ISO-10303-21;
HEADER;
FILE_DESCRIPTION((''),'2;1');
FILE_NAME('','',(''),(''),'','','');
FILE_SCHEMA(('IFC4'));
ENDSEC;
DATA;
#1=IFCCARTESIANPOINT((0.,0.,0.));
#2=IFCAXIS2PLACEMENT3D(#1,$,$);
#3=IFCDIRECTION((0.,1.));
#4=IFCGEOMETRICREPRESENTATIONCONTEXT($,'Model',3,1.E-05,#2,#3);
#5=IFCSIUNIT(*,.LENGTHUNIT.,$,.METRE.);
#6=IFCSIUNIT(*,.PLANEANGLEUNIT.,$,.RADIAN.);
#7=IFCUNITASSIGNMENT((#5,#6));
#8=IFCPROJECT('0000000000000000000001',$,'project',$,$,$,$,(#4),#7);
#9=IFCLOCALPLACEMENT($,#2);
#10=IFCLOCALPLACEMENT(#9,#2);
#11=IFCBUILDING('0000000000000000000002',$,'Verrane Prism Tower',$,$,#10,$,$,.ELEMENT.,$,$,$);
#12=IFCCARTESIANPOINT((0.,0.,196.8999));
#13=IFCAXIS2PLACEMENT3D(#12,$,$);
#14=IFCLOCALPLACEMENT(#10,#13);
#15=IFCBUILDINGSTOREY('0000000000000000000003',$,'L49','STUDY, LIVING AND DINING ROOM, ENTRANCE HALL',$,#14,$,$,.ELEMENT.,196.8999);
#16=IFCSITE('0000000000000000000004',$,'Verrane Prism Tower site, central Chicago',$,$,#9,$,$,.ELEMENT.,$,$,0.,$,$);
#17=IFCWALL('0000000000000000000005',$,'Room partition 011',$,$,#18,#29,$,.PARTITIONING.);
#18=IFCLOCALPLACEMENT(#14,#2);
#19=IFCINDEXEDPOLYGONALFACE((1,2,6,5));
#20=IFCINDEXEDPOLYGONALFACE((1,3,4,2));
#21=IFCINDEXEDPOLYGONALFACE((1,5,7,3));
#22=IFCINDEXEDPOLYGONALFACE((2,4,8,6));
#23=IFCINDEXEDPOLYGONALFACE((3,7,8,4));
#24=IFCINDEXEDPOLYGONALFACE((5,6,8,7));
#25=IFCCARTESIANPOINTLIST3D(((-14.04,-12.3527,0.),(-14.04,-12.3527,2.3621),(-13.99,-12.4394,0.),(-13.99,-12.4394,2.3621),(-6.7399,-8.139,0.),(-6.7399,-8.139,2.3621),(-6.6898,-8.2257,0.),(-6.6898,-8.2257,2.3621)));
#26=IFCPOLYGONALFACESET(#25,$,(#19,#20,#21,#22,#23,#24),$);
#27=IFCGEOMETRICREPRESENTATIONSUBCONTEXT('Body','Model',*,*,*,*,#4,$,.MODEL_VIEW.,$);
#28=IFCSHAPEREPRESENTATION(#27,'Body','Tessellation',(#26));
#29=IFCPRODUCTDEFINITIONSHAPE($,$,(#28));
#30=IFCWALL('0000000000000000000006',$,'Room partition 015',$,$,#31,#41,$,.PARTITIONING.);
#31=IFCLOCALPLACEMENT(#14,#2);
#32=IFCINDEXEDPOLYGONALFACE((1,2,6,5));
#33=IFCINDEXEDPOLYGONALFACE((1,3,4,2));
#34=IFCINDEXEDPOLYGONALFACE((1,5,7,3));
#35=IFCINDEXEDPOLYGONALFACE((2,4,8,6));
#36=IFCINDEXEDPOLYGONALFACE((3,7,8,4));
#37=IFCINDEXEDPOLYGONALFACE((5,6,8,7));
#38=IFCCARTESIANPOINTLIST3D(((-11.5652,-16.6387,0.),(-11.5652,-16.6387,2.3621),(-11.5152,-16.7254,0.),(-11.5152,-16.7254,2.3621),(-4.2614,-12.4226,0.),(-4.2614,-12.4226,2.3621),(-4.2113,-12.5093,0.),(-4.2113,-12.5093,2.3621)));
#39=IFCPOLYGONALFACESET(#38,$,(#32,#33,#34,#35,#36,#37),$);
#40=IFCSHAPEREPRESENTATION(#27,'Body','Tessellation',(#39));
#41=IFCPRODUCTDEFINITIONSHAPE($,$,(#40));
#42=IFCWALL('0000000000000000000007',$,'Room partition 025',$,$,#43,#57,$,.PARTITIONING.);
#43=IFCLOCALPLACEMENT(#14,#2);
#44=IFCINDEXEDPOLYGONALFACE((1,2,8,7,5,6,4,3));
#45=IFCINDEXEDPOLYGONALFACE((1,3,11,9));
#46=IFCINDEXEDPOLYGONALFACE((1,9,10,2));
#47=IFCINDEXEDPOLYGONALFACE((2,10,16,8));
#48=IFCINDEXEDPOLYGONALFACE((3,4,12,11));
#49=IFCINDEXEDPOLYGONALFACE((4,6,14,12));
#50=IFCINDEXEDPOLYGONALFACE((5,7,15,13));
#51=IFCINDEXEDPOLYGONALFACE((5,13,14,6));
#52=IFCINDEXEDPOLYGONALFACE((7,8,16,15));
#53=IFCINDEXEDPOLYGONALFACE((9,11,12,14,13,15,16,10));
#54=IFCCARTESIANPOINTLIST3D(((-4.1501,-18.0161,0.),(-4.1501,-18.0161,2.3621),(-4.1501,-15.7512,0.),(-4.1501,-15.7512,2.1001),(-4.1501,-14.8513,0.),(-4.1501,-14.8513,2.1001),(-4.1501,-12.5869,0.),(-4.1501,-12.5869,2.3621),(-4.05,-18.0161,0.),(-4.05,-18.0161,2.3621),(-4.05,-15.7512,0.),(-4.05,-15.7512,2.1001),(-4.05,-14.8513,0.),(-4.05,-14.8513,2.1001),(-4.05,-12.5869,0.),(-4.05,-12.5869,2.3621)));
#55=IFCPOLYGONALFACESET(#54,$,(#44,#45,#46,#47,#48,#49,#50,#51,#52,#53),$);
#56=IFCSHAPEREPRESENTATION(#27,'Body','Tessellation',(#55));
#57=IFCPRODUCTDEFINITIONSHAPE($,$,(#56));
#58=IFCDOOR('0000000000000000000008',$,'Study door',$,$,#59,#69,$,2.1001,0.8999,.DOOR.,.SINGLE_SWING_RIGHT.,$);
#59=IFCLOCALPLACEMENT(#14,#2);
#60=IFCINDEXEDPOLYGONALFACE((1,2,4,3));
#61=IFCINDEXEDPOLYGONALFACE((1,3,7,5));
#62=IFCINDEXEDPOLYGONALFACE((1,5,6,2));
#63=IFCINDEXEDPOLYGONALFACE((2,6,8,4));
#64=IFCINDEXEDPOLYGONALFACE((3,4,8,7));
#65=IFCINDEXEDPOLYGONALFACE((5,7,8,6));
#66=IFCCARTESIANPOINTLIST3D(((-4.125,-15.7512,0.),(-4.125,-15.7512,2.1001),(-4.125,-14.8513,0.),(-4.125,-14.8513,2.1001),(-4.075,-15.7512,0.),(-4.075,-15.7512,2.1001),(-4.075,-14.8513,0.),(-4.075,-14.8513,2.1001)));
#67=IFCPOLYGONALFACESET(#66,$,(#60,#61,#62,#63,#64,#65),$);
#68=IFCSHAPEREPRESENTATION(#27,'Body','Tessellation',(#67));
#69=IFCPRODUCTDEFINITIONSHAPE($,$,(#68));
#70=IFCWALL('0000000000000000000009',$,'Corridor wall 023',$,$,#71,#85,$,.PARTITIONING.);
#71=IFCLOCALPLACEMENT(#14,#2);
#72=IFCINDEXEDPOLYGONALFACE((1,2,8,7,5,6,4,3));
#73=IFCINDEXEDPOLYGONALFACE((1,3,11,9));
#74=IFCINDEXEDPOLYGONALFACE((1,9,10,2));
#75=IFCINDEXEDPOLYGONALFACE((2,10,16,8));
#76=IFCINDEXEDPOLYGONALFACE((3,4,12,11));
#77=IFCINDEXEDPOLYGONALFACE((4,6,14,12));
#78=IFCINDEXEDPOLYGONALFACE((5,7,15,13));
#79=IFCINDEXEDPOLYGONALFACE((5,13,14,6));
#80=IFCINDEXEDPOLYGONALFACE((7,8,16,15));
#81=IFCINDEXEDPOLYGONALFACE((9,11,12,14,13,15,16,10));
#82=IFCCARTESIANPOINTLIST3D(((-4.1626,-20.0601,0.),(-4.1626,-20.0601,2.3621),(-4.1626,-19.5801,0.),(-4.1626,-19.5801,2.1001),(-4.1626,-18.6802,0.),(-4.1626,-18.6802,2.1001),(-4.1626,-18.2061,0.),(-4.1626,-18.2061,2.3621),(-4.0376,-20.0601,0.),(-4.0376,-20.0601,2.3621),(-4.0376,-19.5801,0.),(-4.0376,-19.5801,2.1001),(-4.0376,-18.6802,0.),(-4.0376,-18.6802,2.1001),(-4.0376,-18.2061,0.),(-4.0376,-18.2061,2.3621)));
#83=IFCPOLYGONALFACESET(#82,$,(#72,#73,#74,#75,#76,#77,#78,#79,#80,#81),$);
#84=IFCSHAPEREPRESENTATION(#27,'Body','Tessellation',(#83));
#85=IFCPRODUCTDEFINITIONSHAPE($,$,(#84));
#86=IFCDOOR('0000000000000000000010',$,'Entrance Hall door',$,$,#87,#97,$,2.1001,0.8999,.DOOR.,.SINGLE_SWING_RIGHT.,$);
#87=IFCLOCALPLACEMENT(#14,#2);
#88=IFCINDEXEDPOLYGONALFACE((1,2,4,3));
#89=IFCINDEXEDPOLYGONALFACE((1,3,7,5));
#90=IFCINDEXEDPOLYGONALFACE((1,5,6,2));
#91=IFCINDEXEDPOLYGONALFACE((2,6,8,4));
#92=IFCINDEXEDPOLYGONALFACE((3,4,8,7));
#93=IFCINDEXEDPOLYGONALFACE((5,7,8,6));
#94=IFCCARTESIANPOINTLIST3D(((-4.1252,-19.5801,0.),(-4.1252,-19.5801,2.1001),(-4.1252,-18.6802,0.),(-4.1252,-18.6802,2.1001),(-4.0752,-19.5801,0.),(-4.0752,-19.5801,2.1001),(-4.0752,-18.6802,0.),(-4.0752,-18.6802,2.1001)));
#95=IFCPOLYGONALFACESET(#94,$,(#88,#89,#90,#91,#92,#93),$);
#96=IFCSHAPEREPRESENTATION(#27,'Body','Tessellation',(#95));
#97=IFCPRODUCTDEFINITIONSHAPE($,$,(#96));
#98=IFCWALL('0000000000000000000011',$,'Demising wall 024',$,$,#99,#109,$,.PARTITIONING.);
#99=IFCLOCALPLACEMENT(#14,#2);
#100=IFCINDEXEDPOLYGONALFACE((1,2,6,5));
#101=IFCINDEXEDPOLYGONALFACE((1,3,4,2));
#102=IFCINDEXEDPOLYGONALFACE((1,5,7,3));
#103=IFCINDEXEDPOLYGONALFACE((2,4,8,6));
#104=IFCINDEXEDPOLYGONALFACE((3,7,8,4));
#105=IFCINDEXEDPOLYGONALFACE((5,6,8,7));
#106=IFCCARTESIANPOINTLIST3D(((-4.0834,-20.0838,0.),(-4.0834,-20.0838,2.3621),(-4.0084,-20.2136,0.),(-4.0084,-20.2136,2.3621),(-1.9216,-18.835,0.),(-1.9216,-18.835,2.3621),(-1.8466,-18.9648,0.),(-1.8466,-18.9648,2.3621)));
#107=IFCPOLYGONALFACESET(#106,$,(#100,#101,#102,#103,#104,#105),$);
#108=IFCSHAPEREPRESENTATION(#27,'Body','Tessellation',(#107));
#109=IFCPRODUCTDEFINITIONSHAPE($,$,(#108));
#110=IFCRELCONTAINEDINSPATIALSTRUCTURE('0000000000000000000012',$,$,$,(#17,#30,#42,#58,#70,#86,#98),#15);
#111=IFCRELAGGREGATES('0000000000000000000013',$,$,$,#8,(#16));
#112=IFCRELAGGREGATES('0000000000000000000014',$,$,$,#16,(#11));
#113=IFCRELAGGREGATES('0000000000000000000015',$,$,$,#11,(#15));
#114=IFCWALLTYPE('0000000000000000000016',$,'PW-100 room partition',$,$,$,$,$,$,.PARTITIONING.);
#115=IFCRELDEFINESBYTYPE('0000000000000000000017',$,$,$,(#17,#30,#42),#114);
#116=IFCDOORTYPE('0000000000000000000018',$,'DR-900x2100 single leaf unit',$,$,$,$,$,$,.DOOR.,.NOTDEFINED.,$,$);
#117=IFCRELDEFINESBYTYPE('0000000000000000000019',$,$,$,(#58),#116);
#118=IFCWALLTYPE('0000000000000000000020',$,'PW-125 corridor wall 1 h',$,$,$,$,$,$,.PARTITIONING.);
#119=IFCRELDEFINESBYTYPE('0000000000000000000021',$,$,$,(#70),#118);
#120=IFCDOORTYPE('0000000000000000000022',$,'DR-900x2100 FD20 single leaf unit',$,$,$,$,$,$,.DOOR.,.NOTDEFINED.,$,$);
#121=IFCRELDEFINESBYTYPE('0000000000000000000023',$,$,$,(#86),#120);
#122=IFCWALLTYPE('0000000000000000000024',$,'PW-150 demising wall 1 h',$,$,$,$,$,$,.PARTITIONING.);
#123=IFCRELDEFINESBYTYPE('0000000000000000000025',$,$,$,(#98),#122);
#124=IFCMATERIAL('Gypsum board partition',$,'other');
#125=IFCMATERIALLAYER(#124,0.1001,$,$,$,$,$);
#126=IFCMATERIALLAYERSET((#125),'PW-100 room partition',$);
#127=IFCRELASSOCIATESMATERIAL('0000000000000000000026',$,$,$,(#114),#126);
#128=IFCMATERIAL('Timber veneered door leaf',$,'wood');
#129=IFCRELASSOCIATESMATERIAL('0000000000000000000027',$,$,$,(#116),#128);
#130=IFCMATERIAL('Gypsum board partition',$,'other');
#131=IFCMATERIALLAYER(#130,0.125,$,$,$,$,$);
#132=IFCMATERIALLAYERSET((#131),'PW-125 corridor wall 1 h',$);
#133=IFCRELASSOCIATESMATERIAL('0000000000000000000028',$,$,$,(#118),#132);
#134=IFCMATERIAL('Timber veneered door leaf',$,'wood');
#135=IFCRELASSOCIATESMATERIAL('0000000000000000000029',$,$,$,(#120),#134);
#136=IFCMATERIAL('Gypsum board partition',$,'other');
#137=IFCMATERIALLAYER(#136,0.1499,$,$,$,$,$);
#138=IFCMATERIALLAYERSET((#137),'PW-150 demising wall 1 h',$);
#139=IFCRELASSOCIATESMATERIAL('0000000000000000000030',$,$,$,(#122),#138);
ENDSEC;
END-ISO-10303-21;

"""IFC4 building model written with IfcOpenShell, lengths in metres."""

from ifc_helpers import new_model, si_unit, direction, frame, frame_2d, origin, place, context, subcontext, project, spatial, rectangle, extrude, material, layer, layer_set, type_object, element, fill, save


model = new_model("IFC4")

# Units and contexts
model_context = context("Model", 3, precision=1e-05, world=origin(), true_north=direction((0.0, 1.0)))
body_context = subcontext(model_context, "Body", "Model", "MODEL_VIEW")
ifc_project = project(units=[si_unit("LENGTHUNIT", "METRE"), si_unit("PLANEANGLEUNIT", "RADIAN")], contexts=[model_context])

# Site, building, storey
site_placement = place(None, origin())
site = spatial("IfcSite", under=ifc_project, at=site_placement, Name="Verrane Prism Tower site, central Chicago", CompositionType="ELEMENT", RefElevation=0.0)
building_placement = place(site_placement, origin())
building = spatial("IfcBuilding", under=site, at=building_placement, Name="Verrane Prism Tower", CompositionType="ELEMENT")
storey_placement = place(building_placement, frame((0.0, 0.0, 196.8999)))
storey = spatial("IfcBuildingStorey", under=building, at=storey_placement, Name="L49", Description="STUDY, LIVING AND DINING ROOM, ENTRANCE HALL", CompositionType="ELEMENT", Elevation=196.8999)

# Walls
ifc_material_1 = material(Name="Gypsum board partition", Category="other")
ifc_layer_1 = layer(ifc_material_1, 0.1001)
ifc_layer_set_1 = layer_set([ifc_layer_1], Name="PW-100 room partition")
wall_type_1 = type_object("IfcWallType", Name="PW-100 room partition", PredefinedType="PARTITIONING", material=ifc_layer_set_1)
wall_1_placement = place(storey_placement, frame((-14.0149, -12.396, 0.0), z_axis=(0.0, 0.0, 1.0), x_axis=(0.86608, 0.499905, 0.0)))
element("IfcWall", 1, at=wall_1_placement, inside=storey, type_object=wall_type_1, Name="Room partition 011", PredefinedType="PARTITIONING", context=body_context, shape_type="SweptSolid", body=[
    extrude(rectangle(XDim=8.429, YDim=0.1001, at=frame_2d((4.2144, 0.0))), origin(), (0.0, 0.0, 1.0), 2.3621),
])
wall_2_placement = place(storey_placement, frame((-11.5403, -16.6821, 0.0), z_axis=(0.0, 0.0, 1.0), x_axis=(0.866063, 0.499935, 0.0)))
element("IfcWall", 2, at=wall_2_placement, inside=storey, type_object=wall_type_1, Name="Room partition 015", PredefinedType="PARTITIONING", context=body_context, shape_type="SweptSolid", body=[
    extrude(rectangle(XDim=8.4333, YDim=0.1001, at=frame_2d((4.2168, 0.0))), origin(), (0.0, 0.0, 1.0), 2.3621),
])

# Walls, openings, doors
wall_3_placement = place(storey_placement, frame((-4.1001, -18.0161, 0.0), z_axis=(0.0, 0.0, 1.0), x_axis=(0.0, 1.0, 0.0)))
wall_3 = element("IfcWall", 3, at=wall_3_placement, inside=storey, type_object=wall_type_1, Name="Room partition 025", PredefinedType="PARTITIONING", context=body_context, shape_type="SweptSolid", body=[
    extrude(rectangle(XDim=5.4292, YDim=0.1001, at=frame_2d((2.7146, 0.0))), origin(), (0.0, 0.0, 1.0), 2.3621),
])
opening_1_placement = place(wall_3_placement, frame((2.2649, 0.0, 0.0)))
opening_1 = element("IfcOpeningElement", 4, at=opening_1_placement, cuts=wall_3, PredefinedType="OPENING", context=body_context, shape_type="SweptSolid", body=[
    extrude(rectangle(XDim=0.8999, YDim=2.1001, at=frame_2d((0.45, 1.05))), frame((0.0, 0.0601, 0.0), z_axis=(0.0, -1.0, 0.0), x_axis=(1.0, 0.0, 0.0)), (0.0, 0.0, 1.0), 0.1201),
])
ifc_material_2 = material(Name="Timber veneered door leaf", Category="wood")
door_type_1 = type_object("IfcDoorType", Name="DR-900x2100 single leaf unit", OperationType="NOTDEFINED", PredefinedType="DOOR", material=ifc_material_2)
door_1_placement = place(opening_1_placement, origin())
door_1 = element("IfcDoor", 5, at=door_1_placement, inside=storey, type_object=door_type_1, Name="Study door", OperationType="SINGLE_SWING_RIGHT", OverallHeight=2.1001, OverallWidth=0.8999, PredefinedType="DOOR", context=body_context, shape_type="SweptSolid", body=[
    extrude(rectangle(XDim=0.8999, YDim=2.1001, at=frame_2d((0.45, 1.05))), frame((0.0, 0.0249, 0.0), z_axis=(0.0, -1.0, 0.0), x_axis=(1.0, 0.0, 0.0)), (0.0, 0.0, 1.0), 0.05),
])
fill(opening_1, door_1)
ifc_material_3 = material(Name="Gypsum board partition", Category="other")
ifc_layer_2 = layer(ifc_material_3, 0.125)
ifc_layer_set_2 = layer_set([ifc_layer_2], Name="PW-125 corridor wall 1 h")
wall_type_2 = type_object("IfcWallType", Name="PW-125 corridor wall 1 h", PredefinedType="PARTITIONING", material=ifc_layer_set_2)
wall_4_placement = place(storey_placement, frame((-4.1001, -18.2061, 0.0), z_axis=(0.0, 0.0, 1.0), x_axis=(0.0, -1.0, 0.0)))
wall_4 = element("IfcWall", 6, at=wall_4_placement, inside=storey, type_object=wall_type_2, Name="Corridor wall 023", PredefinedType="PARTITIONING", context=body_context, shape_type="SweptSolid", body=[
    extrude(rectangle(XDim=1.854, YDim=0.125, at=frame_2d((0.927, 0.0))), origin(), (0.0, 0.0, 1.0), 2.3621),
])
opening_2_placement = place(wall_4_placement, frame((0.4741, 0.0, 0.0)))
opening_2 = element("IfcOpeningElement", 7, at=opening_2_placement, cuts=wall_4, PredefinedType="OPENING", context=body_context, shape_type="SweptSolid", body=[
    extrude(rectangle(XDim=0.8999, YDim=2.1001, at=frame_2d((0.45, 1.05))), frame((0.0, 0.0725, 0.0), z_axis=(0.0, -1.0, 0.0), x_axis=(1.0, 0.0, 0.0)), (0.0, 0.0, 1.0), 0.145),
])
ifc_material_4 = material(Name="Timber veneered door leaf", Category="wood")
door_type_2 = type_object("IfcDoorType", Name="DR-900x2100 FD20 single leaf unit", OperationType="NOTDEFINED", PredefinedType="DOOR", material=ifc_material_4)
door_2_placement = place(opening_2_placement, origin())
door_2 = element("IfcDoor", 8, at=door_2_placement, inside=storey, type_object=door_type_2, Name="Entrance Hall door", OperationType="SINGLE_SWING_RIGHT", OverallHeight=2.1001, OverallWidth=0.8999, PredefinedType="DOOR", context=body_context, shape_type="SweptSolid", body=[
    extrude(rectangle(XDim=0.8999, YDim=2.1001, at=frame_2d((0.45, 1.05))), frame((0.0, 0.0249, 0.0), z_axis=(0.0, -1.0, 0.0), x_axis=(1.0, 0.0, 0.0)), (0.0, 0.0, 1.0), 0.05),
])
fill(opening_2, door_2)

# Wall
ifc_material_5 = material(Name="Gypsum board partition", Category="other")
ifc_layer_3 = layer(ifc_material_5, 0.1499)
ifc_layer_set_3 = layer_set([ifc_layer_3], Name="PW-150 demising wall 1 h")
wall_type_3 = type_object("IfcWallType", Name="PW-150 demising wall 1 h", PredefinedType="PARTITIONING", material=ifc_layer_set_3)
wall_5_placement = place(storey_placement, frame((-4.0459, -20.1487, 0.0), z_axis=(0.0, 0.0, 1.0), x_axis=(0.865917, 0.500188, 0.0)))
element("IfcWall", 9, at=wall_5_placement, inside=storey, type_object=wall_type_3, Name="Demising wall 024", PredefinedType="PARTITIONING", context=body_context, shape_type="SweptSolid", body=[
    extrude(rectangle(XDim=2.4966, YDim=0.1499, at=frame_2d((1.2483, 0.0))), origin(), (0.0, 0.0, 1.0), 2.3621),
])

save(model, "model.ifc")
